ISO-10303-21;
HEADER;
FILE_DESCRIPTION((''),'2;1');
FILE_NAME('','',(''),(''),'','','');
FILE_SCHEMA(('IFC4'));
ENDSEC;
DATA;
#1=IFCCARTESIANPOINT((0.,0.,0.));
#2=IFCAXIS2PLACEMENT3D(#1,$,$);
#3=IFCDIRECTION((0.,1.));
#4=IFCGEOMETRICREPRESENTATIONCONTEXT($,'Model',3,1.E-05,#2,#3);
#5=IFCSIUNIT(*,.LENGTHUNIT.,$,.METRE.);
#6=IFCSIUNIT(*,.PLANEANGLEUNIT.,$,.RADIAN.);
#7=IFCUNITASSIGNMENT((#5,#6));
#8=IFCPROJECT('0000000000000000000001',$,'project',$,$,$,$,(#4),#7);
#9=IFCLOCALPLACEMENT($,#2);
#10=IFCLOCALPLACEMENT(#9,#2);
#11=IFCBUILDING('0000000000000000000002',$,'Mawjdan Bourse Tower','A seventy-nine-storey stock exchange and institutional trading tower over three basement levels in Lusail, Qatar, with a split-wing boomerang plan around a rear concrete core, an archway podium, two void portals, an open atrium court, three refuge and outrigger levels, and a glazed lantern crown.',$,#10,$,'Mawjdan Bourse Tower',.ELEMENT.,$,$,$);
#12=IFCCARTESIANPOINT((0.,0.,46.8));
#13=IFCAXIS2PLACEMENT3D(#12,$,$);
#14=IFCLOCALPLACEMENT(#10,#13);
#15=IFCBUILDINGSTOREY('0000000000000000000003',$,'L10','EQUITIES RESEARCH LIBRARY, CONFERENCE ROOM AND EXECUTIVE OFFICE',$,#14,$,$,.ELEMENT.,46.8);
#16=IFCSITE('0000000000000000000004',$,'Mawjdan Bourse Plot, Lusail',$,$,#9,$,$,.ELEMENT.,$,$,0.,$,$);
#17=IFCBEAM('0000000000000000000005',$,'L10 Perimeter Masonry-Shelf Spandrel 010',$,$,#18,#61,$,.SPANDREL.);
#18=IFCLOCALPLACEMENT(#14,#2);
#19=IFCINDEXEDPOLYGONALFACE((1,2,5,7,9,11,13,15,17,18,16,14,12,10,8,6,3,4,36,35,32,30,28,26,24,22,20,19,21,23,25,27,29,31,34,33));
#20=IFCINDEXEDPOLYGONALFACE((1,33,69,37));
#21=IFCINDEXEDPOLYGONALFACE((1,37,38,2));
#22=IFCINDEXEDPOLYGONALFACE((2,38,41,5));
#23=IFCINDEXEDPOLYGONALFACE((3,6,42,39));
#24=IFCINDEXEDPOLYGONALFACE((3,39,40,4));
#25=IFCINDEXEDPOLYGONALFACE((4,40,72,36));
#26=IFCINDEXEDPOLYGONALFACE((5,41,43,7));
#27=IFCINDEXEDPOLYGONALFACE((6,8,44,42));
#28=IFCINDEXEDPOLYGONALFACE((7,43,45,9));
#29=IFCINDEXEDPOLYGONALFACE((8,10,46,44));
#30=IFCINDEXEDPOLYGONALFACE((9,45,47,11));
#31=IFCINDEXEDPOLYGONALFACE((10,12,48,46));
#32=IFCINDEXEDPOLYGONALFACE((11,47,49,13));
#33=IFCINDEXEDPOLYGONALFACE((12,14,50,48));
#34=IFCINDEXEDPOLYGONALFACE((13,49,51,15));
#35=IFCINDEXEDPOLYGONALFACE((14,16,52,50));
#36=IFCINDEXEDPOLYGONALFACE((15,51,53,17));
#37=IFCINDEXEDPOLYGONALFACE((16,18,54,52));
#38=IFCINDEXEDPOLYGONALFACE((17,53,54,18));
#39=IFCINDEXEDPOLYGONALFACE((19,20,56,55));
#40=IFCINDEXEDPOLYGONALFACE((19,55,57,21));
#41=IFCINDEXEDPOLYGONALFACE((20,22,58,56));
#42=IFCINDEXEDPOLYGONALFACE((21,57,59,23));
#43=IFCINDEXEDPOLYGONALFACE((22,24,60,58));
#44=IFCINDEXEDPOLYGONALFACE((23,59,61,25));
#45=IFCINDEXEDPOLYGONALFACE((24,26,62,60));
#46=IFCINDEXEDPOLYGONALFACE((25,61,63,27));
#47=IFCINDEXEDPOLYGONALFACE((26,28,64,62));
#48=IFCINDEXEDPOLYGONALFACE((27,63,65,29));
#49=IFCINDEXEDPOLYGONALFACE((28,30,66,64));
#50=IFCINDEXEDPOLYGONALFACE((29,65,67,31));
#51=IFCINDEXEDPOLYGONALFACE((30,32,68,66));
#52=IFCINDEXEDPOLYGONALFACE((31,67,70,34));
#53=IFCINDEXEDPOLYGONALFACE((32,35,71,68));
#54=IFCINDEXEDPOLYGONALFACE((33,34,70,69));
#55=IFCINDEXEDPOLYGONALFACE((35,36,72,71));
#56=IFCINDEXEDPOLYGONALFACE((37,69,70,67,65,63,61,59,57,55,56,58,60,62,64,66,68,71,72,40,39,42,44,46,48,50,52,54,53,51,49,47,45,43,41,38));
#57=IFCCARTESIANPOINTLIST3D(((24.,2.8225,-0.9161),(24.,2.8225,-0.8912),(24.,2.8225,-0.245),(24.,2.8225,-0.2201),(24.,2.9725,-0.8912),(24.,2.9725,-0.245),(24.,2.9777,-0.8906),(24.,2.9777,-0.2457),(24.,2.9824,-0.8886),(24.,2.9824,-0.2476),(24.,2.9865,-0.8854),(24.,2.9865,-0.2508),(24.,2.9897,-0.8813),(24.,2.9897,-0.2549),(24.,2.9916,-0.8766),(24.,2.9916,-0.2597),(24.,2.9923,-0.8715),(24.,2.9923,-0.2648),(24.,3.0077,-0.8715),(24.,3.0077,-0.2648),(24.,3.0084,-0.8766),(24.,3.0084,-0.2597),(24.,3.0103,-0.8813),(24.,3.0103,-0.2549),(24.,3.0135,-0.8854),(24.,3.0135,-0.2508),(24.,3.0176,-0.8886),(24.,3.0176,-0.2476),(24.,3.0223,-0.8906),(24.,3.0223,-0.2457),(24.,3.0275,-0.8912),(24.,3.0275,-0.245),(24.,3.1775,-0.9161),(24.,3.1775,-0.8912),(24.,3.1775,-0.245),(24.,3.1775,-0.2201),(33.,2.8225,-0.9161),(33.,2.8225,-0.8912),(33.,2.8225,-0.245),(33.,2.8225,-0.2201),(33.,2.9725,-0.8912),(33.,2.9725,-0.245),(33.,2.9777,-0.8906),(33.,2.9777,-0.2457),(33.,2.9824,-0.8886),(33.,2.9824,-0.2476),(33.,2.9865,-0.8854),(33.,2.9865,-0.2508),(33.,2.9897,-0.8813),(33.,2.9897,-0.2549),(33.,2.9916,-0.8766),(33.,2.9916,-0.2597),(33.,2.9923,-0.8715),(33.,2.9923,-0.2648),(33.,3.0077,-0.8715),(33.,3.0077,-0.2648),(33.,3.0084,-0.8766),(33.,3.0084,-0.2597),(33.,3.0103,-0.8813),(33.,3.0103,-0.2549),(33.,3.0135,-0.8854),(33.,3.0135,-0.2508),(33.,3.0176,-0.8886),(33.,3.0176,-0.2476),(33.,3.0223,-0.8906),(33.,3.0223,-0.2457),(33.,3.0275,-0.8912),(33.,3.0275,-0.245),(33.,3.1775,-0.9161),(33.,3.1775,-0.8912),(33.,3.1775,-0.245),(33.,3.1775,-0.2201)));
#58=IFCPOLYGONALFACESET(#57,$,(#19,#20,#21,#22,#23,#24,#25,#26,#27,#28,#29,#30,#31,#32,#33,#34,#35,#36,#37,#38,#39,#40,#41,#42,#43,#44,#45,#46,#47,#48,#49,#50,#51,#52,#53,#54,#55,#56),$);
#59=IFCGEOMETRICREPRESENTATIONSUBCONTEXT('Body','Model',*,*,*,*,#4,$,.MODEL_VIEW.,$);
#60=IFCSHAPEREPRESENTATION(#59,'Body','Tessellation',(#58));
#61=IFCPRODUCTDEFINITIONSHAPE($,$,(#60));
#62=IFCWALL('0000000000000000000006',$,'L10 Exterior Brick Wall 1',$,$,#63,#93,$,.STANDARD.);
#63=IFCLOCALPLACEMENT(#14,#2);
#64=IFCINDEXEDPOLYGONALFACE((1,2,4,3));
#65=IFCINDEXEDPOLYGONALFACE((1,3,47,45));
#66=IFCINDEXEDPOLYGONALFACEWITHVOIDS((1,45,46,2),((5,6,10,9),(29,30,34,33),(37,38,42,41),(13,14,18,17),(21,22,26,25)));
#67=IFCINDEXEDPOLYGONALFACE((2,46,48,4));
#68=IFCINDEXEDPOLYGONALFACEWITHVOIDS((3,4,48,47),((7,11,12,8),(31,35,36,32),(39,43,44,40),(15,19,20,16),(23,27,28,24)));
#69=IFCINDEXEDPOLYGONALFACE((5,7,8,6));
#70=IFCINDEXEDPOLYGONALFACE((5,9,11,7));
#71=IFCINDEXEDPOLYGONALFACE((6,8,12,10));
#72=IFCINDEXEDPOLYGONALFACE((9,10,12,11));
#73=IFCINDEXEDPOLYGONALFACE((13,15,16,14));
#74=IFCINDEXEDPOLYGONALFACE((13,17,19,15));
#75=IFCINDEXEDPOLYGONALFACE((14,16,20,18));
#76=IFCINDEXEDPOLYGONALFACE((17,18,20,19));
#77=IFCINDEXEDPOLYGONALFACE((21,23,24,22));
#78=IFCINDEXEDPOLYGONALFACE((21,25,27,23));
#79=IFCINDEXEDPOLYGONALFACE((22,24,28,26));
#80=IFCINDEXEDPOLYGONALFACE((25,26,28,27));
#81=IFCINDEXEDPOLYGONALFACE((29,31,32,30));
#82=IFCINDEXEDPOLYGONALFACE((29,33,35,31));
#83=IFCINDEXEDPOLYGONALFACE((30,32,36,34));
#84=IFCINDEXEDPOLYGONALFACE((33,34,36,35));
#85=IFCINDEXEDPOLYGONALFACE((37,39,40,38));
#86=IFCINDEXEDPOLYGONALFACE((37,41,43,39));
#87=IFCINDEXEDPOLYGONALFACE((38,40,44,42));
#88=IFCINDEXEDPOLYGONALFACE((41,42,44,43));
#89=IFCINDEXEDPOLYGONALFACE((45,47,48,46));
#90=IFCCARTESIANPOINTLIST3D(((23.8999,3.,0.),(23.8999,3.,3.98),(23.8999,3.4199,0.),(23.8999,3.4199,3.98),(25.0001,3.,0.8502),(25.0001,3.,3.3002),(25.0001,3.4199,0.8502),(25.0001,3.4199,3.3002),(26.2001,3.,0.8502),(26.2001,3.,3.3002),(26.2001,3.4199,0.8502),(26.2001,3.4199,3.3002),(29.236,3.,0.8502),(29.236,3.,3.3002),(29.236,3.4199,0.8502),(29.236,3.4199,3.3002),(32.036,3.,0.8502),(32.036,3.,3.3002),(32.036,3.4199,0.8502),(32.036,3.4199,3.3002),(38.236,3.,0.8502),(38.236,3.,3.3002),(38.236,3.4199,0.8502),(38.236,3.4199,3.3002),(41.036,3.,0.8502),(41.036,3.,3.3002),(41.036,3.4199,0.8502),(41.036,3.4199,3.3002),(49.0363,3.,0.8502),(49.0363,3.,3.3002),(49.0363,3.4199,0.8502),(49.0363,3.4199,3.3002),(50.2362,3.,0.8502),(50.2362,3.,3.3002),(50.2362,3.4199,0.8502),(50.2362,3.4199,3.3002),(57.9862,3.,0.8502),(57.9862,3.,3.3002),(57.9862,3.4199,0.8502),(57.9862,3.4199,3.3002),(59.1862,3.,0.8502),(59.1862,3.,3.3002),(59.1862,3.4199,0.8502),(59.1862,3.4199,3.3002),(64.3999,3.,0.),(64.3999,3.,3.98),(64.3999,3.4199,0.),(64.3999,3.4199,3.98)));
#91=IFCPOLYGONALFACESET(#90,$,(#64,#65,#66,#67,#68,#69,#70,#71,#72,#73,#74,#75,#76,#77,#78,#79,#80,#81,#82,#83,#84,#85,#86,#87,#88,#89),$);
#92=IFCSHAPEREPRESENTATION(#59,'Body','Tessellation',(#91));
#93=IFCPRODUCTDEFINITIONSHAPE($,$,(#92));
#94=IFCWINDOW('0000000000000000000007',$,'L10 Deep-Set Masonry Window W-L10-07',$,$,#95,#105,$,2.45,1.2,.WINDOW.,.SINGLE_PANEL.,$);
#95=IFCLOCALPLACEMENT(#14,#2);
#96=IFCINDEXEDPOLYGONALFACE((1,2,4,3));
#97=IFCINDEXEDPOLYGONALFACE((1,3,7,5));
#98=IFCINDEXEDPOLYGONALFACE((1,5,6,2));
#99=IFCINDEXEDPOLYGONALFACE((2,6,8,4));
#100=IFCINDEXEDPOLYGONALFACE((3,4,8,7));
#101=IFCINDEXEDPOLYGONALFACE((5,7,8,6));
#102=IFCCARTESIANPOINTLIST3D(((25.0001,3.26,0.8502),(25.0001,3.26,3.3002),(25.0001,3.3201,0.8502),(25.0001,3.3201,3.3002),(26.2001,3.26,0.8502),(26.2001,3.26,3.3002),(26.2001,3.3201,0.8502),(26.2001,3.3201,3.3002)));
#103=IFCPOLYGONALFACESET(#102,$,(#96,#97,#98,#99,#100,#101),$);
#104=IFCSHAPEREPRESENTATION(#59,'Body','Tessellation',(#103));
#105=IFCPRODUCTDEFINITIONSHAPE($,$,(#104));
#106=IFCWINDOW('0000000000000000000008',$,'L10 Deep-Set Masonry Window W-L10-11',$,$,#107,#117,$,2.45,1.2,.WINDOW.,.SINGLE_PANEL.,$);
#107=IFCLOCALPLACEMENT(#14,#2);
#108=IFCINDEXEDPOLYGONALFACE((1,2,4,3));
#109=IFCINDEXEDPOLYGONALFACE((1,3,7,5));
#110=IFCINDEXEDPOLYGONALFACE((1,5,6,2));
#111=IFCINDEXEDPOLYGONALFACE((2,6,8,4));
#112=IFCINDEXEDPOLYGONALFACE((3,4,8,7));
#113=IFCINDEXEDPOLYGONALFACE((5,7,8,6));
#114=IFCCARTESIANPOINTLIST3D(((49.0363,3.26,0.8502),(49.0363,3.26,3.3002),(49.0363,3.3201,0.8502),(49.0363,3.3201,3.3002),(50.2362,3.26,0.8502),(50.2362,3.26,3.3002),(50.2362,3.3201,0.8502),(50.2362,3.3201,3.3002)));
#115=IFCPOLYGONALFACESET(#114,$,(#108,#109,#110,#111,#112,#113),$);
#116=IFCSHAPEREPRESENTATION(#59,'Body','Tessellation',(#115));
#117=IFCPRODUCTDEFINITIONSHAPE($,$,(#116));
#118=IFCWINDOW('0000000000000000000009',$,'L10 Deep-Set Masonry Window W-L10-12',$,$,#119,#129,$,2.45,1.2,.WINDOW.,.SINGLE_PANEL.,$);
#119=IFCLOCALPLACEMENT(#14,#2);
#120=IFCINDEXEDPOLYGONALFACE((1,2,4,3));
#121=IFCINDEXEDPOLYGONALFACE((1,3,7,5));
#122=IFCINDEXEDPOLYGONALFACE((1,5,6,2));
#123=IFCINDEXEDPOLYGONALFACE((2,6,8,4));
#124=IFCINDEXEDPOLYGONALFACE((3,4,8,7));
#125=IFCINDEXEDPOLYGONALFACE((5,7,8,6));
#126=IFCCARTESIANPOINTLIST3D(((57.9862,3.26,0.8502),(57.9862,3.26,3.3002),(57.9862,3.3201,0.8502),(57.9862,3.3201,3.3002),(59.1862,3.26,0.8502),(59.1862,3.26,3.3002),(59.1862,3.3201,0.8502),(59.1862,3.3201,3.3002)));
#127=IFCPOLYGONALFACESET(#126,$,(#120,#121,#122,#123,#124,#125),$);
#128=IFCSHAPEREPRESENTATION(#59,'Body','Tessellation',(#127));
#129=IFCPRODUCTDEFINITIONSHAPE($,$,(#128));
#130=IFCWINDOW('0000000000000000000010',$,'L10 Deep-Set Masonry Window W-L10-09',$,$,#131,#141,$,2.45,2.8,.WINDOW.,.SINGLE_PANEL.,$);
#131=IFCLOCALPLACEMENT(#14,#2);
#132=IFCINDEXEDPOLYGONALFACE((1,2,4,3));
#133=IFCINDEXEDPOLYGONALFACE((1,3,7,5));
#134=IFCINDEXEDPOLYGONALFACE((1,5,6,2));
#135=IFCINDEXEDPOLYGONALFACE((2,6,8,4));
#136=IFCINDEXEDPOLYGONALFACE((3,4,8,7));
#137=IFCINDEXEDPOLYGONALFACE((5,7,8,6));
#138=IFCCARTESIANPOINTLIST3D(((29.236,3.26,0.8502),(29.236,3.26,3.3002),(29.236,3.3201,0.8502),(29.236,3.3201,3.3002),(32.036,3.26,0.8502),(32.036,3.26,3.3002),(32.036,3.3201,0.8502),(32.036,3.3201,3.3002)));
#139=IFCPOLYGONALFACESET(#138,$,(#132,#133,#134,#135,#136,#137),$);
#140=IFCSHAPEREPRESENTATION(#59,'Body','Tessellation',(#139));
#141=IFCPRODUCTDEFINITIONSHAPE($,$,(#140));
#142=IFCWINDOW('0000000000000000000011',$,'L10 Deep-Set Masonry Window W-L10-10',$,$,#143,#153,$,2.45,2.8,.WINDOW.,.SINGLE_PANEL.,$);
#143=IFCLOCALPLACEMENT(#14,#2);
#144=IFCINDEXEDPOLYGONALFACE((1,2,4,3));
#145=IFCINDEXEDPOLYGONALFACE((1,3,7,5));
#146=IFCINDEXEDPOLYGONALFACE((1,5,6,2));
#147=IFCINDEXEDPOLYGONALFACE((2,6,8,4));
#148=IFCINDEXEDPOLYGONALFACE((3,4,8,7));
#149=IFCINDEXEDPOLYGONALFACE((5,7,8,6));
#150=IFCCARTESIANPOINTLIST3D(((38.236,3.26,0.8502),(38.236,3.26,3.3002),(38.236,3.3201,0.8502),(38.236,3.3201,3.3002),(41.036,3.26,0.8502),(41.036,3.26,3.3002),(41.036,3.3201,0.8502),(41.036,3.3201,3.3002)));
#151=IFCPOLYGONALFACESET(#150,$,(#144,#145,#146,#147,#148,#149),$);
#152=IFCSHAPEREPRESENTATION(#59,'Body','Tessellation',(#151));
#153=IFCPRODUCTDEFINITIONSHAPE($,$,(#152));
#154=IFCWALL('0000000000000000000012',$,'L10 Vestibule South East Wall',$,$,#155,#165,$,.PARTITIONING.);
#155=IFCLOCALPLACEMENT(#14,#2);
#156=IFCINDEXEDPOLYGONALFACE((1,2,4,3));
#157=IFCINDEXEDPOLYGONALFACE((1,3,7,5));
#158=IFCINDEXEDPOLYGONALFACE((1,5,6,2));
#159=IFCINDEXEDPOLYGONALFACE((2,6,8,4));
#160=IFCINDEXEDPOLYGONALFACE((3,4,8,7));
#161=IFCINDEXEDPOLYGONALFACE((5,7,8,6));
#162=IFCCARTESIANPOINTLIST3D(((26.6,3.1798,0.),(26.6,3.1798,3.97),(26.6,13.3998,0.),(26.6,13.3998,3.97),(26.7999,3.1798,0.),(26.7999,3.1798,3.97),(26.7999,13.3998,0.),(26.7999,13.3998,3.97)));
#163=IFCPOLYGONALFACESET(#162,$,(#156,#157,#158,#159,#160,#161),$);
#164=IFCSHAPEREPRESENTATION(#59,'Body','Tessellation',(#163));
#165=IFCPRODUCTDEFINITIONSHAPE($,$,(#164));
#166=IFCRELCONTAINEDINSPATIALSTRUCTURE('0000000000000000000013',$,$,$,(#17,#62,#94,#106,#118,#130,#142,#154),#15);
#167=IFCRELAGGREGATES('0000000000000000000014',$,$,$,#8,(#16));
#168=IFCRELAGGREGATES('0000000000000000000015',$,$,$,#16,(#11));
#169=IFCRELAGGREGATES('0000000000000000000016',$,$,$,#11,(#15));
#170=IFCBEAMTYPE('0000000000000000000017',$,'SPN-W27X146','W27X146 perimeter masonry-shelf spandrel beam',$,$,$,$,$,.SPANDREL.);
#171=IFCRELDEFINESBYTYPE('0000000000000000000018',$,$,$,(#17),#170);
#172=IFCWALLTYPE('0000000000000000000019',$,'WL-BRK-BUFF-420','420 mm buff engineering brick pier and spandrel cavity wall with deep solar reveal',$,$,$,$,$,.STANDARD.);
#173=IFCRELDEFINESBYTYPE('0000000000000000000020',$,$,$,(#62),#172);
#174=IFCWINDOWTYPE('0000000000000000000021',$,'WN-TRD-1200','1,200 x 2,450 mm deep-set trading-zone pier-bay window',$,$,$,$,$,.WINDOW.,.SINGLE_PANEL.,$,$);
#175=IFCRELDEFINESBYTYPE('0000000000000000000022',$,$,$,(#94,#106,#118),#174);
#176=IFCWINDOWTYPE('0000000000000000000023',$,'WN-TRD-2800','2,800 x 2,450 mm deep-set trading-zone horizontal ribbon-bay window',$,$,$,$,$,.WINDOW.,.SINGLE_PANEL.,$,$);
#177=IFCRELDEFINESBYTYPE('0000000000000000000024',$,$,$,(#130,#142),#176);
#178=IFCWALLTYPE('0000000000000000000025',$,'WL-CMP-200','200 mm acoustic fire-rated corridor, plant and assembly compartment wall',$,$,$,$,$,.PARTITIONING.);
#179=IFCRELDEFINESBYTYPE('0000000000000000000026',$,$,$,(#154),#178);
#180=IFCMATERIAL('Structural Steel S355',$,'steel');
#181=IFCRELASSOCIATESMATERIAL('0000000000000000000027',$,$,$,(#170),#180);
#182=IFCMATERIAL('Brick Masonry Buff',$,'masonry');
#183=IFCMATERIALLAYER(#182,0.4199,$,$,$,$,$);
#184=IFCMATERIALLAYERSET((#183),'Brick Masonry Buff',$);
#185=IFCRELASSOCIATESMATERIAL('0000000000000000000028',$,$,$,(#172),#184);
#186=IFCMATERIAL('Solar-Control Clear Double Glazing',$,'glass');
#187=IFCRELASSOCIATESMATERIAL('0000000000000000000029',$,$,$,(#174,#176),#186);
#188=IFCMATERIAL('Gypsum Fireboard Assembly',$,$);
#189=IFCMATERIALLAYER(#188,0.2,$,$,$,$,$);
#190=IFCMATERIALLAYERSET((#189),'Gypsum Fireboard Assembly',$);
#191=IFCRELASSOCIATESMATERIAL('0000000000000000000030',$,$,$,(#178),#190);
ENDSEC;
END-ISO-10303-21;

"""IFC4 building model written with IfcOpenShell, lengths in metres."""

from ifc_helpers import new_model, si_unit, direction, frame, frame_2d, origin, origin_2d, place, context, subcontext, project, spatial, rectangle, i_section, extrude, material, layer, layer_set, material_profile, profile_set, type_object, element, fill, save


model = new_model("IFC4")

# Units and contexts
model_context = context("Model", 3, precision=1e-05, world=origin(), true_north=direction((0.0, 1.0)))
body_context = subcontext(model_context, "Body", "Model", "MODEL_VIEW")
ifc_project = project(units=[si_unit("LENGTHUNIT", "METRE"), si_unit("PLANEANGLEUNIT", "RADIAN")], contexts=[model_context])

# Site, building, storey
site_placement = place(None, origin())
site = spatial("IfcSite", under=ifc_project, at=site_placement, Name="Mawjdan Bourse Plot, Lusail", CompositionType="ELEMENT", RefElevation=0.0)
building_placement = place(site_placement, origin())
building = spatial("IfcBuilding", under=site, at=building_placement, Name="Mawjdan Bourse Tower", Description="A seventy-nine-storey stock exchange and institutional trading tower over three basement levels in Lusail, Qatar, with a split-wing boomerang plan around a rear concrete core, an archway podium, two void portals, an open atrium court, three refuge and outrigger levels, and a glazed lantern crown.", LongName="Mawjdan Bourse Tower", CompositionType="ELEMENT")
storey_placement = place(building_placement, frame((0.0, 0.0, 46.8)))
storey = spatial("IfcBuildingStorey", under=building, at=storey_placement, Name="L10", Description="EQUITIES RESEARCH LIBRARY, CONFERENCE ROOM AND EXECUTIVE OFFICE", CompositionType="ELEMENT", Elevation=46.8)

# Beam
ifc_material_1 = material(Name="Structural Steel S355", Category="steel")
ifc_material_profile_1 = material_profile(ifc_material_1, i_section(OverallWidth=0.355, OverallDepth=0.696, WebThickness=0.0154, FlangeThickness=0.0249, FilletRadius=0.0198, at=origin_2d()), Name="W27X146")
ifc_profile_set_1 = profile_set([ifc_material_profile_1], Name="Structural Steel S355")
beam_type_1 = type_object("IfcBeamType", Name="SPN-W27X146", Description="W27X146 perimeter masonry-shelf spandrel beam", PredefinedType="SPANDREL", material=ifc_profile_set_1)
beam_1_placement = place(storey_placement, frame((24.0, 3.0, -0.5681), z_axis=(1.0, 0.0, 0.0), x_axis=(0.0, 1.0, 0.0)))
element("IfcBeam", 1, at=beam_1_placement, inside=storey, type_object=beam_type_1, Name="L10 Perimeter Masonry-Shelf Spandrel 010", PredefinedType="SPANDREL", context=body_context, shape_type="SweptSolid", body=[
    extrude(i_section(OverallWidth=0.355, OverallDepth=0.696, WebThickness=0.0154, FlangeThickness=0.0249, FilletRadius=0.0198, at=origin_2d()), origin(), (0.0, 0.0, 1.0), 9.0),
])

# Wall, openings, windows
ifc_material_2 = material(Name="Brick Masonry Buff", Category="masonry")
ifc_layer_1 = layer(ifc_material_2, 0.4199)
ifc_layer_set_1 = layer_set([ifc_layer_1], Name="Brick Masonry Buff")
wall_type_1 = type_object("IfcWallType", Name="WL-BRK-BUFF-420", Description="420 mm buff engineering brick pier and spandrel cavity wall with deep solar reveal", PredefinedType="STANDARD", material=ifc_layer_set_1)
wall_1_placement = place(storey_placement, frame((23.8999, 3.21, 0.0), z_axis=(0.0, 0.0, 1.0), x_axis=(1.0, 0.0, 0.0)))
wall_1 = element("IfcWall", 2, at=wall_1_placement, inside=storey, type_object=wall_type_1, Name="L10 Exterior Brick Wall 1", PredefinedType="STANDARD", context=body_context, shape_type="SweptSolid", body=[
    extrude(rectangle(XDim=40.5, YDim=0.4199, at=frame_2d((20.25, 0.0))), origin(), (0.0, 0.0, 1.0), 3.98),
])
opening_1_placement = place(wall_1_placement, frame((1.1001, 0.0, 0.8501)))
opening_1 = element("IfcOpeningElement", 3, at=opening_1_placement, cuts=wall_1, PredefinedType="OPENING", context=body_context, shape_type="SweptSolid", body=[
    extrude(rectangle(XDim=1.2, YDim=2.45, at=frame_2d((0.6001, 1.2251))), frame((0.0, 0.22, 0.0), z_axis=(0.0, -1.0, 0.0), x_axis=(1.0, 0.0, 0.0)), (0.0, 0.0, 1.0), 0.4399),
])
opening_2_placement = place(wall_1_placement, frame((5.3362, 0.0, 0.8501)))
opening_2 = element("IfcOpeningElement", 4, at=opening_2_placement, cuts=wall_1, PredefinedType="OPENING", context=body_context, shape_type="SweptSolid", body=[
    extrude(rectangle(XDim=2.8, YDim=2.45, at=frame_2d((1.3999, 1.2251))), frame((0.0, 0.22, 0.0), z_axis=(0.0, -1.0, 0.0), x_axis=(1.0, 0.0, 0.0)), (0.0, 0.0, 1.0), 0.4399),
])
opening_3_placement = place(wall_1_placement, frame((14.3362, 0.0, 0.8501)))
opening_3 = element("IfcOpeningElement", 5, at=opening_3_placement, cuts=wall_1, PredefinedType="OPENING", context=body_context, shape_type="SweptSolid", body=[
    extrude(rectangle(XDim=2.8, YDim=2.45, at=frame_2d((1.3999, 1.2251))), frame((0.0, 0.22, 0.0), z_axis=(0.0, -1.0, 0.0), x_axis=(1.0, 0.0, 0.0)), (0.0, 0.0, 1.0), 0.4399),
])
opening_4_placement = place(wall_1_placement, frame((25.1362, 0.0, 0.8501)))
opening_4 = element("IfcOpeningElement", 6, at=opening_4_placement, cuts=wall_1, PredefinedType="OPENING", context=body_context, shape_type="SweptSolid", body=[
    extrude(rectangle(XDim=1.2, YDim=2.45, at=frame_2d((0.6001, 1.2251))), frame((0.0, 0.22, 0.0), z_axis=(0.0, -1.0, 0.0), x_axis=(1.0, 0.0, 0.0)), (0.0, 0.0, 1.0), 0.4399),
])
opening_5_placement = place(wall_1_placement, frame((34.0862, 0.0, 0.8501)))
opening_5 = element("IfcOpeningElement", 7, at=opening_5_placement, cuts=wall_1, PredefinedType="OPENING", context=body_context, shape_type="SweptSolid", body=[
    extrude(rectangle(XDim=1.2, YDim=2.45, at=frame_2d((0.6001, 1.2251))), frame((0.0, 0.22, 0.0), z_axis=(0.0, -1.0, 0.0), x_axis=(1.0, 0.0, 0.0)), (0.0, 0.0, 1.0), 0.4399),
])
ifc_material_3 = material(Name="Solar-Control Clear Double Glazing", Category="glass")
window_type_1 = type_object("IfcWindowType", Name="WN-TRD-1200", Description="1,200 x 2,450 mm deep-set trading-zone pier-bay window", PartitioningType="SINGLE_PANEL", PredefinedType="WINDOW", material=ifc_material_3)
window_1_placement = place(opening_1_placement, origin())
window_1 = element("IfcWindow", 8, at=window_1_placement, inside=storey, type_object=window_type_1, Name="L10 Deep-Set Masonry Window W-L10-07", OverallHeight=2.45, OverallWidth=1.2, PartitioningType="SINGLE_PANEL", PredefinedType="WINDOW", context=body_context, shape_type="SweptSolid", body=[
    extrude(rectangle(XDim=1.2, YDim=2.45, at=frame_2d((0.6001, 1.2251))), frame((0.0, 0.1101, 0.0), z_axis=(0.0, -1.0, 0.0), x_axis=(1.0, 0.0, 0.0)), (0.0, 0.0, 1.0), 0.0601),
])
fill(opening_1, window_1)
window_2_placement = place(opening_4_placement, origin())
window_2 = element("IfcWindow", 9, at=window_2_placement, inside=storey, type_object=window_type_1, Name="L10 Deep-Set Masonry Window W-L10-11", OverallHeight=2.45, OverallWidth=1.2, PartitioningType="SINGLE_PANEL", PredefinedType="WINDOW", context=body_context, shape_type="SweptSolid", body=[
    extrude(rectangle(XDim=1.2, YDim=2.45, at=frame_2d((0.6001, 1.2251))), frame((0.0, 0.1101, 0.0), z_axis=(0.0, -1.0, 0.0), x_axis=(1.0, 0.0, 0.0)), (0.0, 0.0, 1.0), 0.0601),
])
fill(opening_4, window_2)
window_3_placement = place(opening_5_placement, origin())
window_3 = element("IfcWindow", 10, at=window_3_placement, inside=storey, type_object=window_type_1, Name="L10 Deep-Set Masonry Window W-L10-12", OverallHeight=2.45, OverallWidth=1.2, PartitioningType="SINGLE_PANEL", PredefinedType="WINDOW", context=body_context, shape_type="SweptSolid", body=[
    extrude(rectangle(XDim=1.2, YDim=2.45, at=frame_2d((0.6001, 1.2251))), frame((0.0, 0.1101, 0.0), z_axis=(0.0, -1.0, 0.0), x_axis=(1.0, 0.0, 0.0)), (0.0, 0.0, 1.0), 0.0601),
])
fill(opening_5, window_3)
window_type_2 = type_object("IfcWindowType", Name="WN-TRD-2800", Description="2,800 x 2,450 mm deep-set trading-zone horizontal ribbon-bay window", PartitioningType="SINGLE_PANEL", PredefinedType="WINDOW", material=ifc_material_3)
window_4_placement = place(opening_2_placement, origin())
window_4 = element("IfcWindow", 11, at=window_4_placement, inside=storey, type_object=window_type_2, Name="L10 Deep-Set Masonry Window W-L10-09", OverallHeight=2.45, OverallWidth=2.8, PartitioningType="SINGLE_PANEL", PredefinedType="WINDOW", context=body_context, shape_type="SweptSolid", body=[
    extrude(rectangle(XDim=2.8, YDim=2.45, at=frame_2d((1.3999, 1.2251))), frame((0.0, 0.1101, 0.0), z_axis=(0.0, -1.0, 0.0), x_axis=(1.0, 0.0, 0.0)), (0.0, 0.0, 1.0), 0.0601),
])
fill(opening_2, window_4)
window_5_placement = place(opening_3_placement, origin())
window_5 = element("IfcWindow", 12, at=window_5_placement, inside=storey, type_object=window_type_2, Name="L10 Deep-Set Masonry Window W-L10-10", OverallHeight=2.45, OverallWidth=2.8, PartitioningType="SINGLE_PANEL", PredefinedType="WINDOW", context=body_context, shape_type="SweptSolid", body=[
    extrude(rectangle(XDim=2.8, YDim=2.45, at=frame_2d((1.3999, 1.2251))), frame((0.0, 0.1101, 0.0), z_axis=(0.0, -1.0, 0.0), x_axis=(1.0, 0.0, 0.0)), (0.0, 0.0, 1.0), 0.0601),
])
fill(opening_3, window_5)

# Shared definitions
ifc_material_4 = material(Name="Gypsum Fireboard Assembly")
ifc_layer_2 = layer(ifc_material_4, 0.2)
ifc_layer_set_2 = layer_set([ifc_layer_2], Name="Gypsum Fireboard Assembly")
wall_type_2 = type_object("IfcWallType", Name="WL-CMP-200", Description="200 mm acoustic fire-rated corridor, plant and assembly compartment wall", PredefinedType="PARTITIONING", material=ifc_layer_set_2)

# Wall
wall_2_placement = place(storey_placement, frame((26.7, 3.1799, 0.0), z_axis=(0.0, 0.0, 1.0), x_axis=(0.0, 1.0, 0.0)))
element("IfcWall", 13, at=wall_2_placement, inside=storey, type_object=wall_type_2, Name="L10 Vestibule South East Wall", PredefinedType="PARTITIONING", context=body_context, shape_type="SweptSolid", body=[
    extrude(rectangle(XDim=10.22, YDim=0.2, at=frame_2d((5.1099, 0.0))), origin(), (0.0, 0.0, 1.0), 3.97),
])

save(model, "model.ifc")
